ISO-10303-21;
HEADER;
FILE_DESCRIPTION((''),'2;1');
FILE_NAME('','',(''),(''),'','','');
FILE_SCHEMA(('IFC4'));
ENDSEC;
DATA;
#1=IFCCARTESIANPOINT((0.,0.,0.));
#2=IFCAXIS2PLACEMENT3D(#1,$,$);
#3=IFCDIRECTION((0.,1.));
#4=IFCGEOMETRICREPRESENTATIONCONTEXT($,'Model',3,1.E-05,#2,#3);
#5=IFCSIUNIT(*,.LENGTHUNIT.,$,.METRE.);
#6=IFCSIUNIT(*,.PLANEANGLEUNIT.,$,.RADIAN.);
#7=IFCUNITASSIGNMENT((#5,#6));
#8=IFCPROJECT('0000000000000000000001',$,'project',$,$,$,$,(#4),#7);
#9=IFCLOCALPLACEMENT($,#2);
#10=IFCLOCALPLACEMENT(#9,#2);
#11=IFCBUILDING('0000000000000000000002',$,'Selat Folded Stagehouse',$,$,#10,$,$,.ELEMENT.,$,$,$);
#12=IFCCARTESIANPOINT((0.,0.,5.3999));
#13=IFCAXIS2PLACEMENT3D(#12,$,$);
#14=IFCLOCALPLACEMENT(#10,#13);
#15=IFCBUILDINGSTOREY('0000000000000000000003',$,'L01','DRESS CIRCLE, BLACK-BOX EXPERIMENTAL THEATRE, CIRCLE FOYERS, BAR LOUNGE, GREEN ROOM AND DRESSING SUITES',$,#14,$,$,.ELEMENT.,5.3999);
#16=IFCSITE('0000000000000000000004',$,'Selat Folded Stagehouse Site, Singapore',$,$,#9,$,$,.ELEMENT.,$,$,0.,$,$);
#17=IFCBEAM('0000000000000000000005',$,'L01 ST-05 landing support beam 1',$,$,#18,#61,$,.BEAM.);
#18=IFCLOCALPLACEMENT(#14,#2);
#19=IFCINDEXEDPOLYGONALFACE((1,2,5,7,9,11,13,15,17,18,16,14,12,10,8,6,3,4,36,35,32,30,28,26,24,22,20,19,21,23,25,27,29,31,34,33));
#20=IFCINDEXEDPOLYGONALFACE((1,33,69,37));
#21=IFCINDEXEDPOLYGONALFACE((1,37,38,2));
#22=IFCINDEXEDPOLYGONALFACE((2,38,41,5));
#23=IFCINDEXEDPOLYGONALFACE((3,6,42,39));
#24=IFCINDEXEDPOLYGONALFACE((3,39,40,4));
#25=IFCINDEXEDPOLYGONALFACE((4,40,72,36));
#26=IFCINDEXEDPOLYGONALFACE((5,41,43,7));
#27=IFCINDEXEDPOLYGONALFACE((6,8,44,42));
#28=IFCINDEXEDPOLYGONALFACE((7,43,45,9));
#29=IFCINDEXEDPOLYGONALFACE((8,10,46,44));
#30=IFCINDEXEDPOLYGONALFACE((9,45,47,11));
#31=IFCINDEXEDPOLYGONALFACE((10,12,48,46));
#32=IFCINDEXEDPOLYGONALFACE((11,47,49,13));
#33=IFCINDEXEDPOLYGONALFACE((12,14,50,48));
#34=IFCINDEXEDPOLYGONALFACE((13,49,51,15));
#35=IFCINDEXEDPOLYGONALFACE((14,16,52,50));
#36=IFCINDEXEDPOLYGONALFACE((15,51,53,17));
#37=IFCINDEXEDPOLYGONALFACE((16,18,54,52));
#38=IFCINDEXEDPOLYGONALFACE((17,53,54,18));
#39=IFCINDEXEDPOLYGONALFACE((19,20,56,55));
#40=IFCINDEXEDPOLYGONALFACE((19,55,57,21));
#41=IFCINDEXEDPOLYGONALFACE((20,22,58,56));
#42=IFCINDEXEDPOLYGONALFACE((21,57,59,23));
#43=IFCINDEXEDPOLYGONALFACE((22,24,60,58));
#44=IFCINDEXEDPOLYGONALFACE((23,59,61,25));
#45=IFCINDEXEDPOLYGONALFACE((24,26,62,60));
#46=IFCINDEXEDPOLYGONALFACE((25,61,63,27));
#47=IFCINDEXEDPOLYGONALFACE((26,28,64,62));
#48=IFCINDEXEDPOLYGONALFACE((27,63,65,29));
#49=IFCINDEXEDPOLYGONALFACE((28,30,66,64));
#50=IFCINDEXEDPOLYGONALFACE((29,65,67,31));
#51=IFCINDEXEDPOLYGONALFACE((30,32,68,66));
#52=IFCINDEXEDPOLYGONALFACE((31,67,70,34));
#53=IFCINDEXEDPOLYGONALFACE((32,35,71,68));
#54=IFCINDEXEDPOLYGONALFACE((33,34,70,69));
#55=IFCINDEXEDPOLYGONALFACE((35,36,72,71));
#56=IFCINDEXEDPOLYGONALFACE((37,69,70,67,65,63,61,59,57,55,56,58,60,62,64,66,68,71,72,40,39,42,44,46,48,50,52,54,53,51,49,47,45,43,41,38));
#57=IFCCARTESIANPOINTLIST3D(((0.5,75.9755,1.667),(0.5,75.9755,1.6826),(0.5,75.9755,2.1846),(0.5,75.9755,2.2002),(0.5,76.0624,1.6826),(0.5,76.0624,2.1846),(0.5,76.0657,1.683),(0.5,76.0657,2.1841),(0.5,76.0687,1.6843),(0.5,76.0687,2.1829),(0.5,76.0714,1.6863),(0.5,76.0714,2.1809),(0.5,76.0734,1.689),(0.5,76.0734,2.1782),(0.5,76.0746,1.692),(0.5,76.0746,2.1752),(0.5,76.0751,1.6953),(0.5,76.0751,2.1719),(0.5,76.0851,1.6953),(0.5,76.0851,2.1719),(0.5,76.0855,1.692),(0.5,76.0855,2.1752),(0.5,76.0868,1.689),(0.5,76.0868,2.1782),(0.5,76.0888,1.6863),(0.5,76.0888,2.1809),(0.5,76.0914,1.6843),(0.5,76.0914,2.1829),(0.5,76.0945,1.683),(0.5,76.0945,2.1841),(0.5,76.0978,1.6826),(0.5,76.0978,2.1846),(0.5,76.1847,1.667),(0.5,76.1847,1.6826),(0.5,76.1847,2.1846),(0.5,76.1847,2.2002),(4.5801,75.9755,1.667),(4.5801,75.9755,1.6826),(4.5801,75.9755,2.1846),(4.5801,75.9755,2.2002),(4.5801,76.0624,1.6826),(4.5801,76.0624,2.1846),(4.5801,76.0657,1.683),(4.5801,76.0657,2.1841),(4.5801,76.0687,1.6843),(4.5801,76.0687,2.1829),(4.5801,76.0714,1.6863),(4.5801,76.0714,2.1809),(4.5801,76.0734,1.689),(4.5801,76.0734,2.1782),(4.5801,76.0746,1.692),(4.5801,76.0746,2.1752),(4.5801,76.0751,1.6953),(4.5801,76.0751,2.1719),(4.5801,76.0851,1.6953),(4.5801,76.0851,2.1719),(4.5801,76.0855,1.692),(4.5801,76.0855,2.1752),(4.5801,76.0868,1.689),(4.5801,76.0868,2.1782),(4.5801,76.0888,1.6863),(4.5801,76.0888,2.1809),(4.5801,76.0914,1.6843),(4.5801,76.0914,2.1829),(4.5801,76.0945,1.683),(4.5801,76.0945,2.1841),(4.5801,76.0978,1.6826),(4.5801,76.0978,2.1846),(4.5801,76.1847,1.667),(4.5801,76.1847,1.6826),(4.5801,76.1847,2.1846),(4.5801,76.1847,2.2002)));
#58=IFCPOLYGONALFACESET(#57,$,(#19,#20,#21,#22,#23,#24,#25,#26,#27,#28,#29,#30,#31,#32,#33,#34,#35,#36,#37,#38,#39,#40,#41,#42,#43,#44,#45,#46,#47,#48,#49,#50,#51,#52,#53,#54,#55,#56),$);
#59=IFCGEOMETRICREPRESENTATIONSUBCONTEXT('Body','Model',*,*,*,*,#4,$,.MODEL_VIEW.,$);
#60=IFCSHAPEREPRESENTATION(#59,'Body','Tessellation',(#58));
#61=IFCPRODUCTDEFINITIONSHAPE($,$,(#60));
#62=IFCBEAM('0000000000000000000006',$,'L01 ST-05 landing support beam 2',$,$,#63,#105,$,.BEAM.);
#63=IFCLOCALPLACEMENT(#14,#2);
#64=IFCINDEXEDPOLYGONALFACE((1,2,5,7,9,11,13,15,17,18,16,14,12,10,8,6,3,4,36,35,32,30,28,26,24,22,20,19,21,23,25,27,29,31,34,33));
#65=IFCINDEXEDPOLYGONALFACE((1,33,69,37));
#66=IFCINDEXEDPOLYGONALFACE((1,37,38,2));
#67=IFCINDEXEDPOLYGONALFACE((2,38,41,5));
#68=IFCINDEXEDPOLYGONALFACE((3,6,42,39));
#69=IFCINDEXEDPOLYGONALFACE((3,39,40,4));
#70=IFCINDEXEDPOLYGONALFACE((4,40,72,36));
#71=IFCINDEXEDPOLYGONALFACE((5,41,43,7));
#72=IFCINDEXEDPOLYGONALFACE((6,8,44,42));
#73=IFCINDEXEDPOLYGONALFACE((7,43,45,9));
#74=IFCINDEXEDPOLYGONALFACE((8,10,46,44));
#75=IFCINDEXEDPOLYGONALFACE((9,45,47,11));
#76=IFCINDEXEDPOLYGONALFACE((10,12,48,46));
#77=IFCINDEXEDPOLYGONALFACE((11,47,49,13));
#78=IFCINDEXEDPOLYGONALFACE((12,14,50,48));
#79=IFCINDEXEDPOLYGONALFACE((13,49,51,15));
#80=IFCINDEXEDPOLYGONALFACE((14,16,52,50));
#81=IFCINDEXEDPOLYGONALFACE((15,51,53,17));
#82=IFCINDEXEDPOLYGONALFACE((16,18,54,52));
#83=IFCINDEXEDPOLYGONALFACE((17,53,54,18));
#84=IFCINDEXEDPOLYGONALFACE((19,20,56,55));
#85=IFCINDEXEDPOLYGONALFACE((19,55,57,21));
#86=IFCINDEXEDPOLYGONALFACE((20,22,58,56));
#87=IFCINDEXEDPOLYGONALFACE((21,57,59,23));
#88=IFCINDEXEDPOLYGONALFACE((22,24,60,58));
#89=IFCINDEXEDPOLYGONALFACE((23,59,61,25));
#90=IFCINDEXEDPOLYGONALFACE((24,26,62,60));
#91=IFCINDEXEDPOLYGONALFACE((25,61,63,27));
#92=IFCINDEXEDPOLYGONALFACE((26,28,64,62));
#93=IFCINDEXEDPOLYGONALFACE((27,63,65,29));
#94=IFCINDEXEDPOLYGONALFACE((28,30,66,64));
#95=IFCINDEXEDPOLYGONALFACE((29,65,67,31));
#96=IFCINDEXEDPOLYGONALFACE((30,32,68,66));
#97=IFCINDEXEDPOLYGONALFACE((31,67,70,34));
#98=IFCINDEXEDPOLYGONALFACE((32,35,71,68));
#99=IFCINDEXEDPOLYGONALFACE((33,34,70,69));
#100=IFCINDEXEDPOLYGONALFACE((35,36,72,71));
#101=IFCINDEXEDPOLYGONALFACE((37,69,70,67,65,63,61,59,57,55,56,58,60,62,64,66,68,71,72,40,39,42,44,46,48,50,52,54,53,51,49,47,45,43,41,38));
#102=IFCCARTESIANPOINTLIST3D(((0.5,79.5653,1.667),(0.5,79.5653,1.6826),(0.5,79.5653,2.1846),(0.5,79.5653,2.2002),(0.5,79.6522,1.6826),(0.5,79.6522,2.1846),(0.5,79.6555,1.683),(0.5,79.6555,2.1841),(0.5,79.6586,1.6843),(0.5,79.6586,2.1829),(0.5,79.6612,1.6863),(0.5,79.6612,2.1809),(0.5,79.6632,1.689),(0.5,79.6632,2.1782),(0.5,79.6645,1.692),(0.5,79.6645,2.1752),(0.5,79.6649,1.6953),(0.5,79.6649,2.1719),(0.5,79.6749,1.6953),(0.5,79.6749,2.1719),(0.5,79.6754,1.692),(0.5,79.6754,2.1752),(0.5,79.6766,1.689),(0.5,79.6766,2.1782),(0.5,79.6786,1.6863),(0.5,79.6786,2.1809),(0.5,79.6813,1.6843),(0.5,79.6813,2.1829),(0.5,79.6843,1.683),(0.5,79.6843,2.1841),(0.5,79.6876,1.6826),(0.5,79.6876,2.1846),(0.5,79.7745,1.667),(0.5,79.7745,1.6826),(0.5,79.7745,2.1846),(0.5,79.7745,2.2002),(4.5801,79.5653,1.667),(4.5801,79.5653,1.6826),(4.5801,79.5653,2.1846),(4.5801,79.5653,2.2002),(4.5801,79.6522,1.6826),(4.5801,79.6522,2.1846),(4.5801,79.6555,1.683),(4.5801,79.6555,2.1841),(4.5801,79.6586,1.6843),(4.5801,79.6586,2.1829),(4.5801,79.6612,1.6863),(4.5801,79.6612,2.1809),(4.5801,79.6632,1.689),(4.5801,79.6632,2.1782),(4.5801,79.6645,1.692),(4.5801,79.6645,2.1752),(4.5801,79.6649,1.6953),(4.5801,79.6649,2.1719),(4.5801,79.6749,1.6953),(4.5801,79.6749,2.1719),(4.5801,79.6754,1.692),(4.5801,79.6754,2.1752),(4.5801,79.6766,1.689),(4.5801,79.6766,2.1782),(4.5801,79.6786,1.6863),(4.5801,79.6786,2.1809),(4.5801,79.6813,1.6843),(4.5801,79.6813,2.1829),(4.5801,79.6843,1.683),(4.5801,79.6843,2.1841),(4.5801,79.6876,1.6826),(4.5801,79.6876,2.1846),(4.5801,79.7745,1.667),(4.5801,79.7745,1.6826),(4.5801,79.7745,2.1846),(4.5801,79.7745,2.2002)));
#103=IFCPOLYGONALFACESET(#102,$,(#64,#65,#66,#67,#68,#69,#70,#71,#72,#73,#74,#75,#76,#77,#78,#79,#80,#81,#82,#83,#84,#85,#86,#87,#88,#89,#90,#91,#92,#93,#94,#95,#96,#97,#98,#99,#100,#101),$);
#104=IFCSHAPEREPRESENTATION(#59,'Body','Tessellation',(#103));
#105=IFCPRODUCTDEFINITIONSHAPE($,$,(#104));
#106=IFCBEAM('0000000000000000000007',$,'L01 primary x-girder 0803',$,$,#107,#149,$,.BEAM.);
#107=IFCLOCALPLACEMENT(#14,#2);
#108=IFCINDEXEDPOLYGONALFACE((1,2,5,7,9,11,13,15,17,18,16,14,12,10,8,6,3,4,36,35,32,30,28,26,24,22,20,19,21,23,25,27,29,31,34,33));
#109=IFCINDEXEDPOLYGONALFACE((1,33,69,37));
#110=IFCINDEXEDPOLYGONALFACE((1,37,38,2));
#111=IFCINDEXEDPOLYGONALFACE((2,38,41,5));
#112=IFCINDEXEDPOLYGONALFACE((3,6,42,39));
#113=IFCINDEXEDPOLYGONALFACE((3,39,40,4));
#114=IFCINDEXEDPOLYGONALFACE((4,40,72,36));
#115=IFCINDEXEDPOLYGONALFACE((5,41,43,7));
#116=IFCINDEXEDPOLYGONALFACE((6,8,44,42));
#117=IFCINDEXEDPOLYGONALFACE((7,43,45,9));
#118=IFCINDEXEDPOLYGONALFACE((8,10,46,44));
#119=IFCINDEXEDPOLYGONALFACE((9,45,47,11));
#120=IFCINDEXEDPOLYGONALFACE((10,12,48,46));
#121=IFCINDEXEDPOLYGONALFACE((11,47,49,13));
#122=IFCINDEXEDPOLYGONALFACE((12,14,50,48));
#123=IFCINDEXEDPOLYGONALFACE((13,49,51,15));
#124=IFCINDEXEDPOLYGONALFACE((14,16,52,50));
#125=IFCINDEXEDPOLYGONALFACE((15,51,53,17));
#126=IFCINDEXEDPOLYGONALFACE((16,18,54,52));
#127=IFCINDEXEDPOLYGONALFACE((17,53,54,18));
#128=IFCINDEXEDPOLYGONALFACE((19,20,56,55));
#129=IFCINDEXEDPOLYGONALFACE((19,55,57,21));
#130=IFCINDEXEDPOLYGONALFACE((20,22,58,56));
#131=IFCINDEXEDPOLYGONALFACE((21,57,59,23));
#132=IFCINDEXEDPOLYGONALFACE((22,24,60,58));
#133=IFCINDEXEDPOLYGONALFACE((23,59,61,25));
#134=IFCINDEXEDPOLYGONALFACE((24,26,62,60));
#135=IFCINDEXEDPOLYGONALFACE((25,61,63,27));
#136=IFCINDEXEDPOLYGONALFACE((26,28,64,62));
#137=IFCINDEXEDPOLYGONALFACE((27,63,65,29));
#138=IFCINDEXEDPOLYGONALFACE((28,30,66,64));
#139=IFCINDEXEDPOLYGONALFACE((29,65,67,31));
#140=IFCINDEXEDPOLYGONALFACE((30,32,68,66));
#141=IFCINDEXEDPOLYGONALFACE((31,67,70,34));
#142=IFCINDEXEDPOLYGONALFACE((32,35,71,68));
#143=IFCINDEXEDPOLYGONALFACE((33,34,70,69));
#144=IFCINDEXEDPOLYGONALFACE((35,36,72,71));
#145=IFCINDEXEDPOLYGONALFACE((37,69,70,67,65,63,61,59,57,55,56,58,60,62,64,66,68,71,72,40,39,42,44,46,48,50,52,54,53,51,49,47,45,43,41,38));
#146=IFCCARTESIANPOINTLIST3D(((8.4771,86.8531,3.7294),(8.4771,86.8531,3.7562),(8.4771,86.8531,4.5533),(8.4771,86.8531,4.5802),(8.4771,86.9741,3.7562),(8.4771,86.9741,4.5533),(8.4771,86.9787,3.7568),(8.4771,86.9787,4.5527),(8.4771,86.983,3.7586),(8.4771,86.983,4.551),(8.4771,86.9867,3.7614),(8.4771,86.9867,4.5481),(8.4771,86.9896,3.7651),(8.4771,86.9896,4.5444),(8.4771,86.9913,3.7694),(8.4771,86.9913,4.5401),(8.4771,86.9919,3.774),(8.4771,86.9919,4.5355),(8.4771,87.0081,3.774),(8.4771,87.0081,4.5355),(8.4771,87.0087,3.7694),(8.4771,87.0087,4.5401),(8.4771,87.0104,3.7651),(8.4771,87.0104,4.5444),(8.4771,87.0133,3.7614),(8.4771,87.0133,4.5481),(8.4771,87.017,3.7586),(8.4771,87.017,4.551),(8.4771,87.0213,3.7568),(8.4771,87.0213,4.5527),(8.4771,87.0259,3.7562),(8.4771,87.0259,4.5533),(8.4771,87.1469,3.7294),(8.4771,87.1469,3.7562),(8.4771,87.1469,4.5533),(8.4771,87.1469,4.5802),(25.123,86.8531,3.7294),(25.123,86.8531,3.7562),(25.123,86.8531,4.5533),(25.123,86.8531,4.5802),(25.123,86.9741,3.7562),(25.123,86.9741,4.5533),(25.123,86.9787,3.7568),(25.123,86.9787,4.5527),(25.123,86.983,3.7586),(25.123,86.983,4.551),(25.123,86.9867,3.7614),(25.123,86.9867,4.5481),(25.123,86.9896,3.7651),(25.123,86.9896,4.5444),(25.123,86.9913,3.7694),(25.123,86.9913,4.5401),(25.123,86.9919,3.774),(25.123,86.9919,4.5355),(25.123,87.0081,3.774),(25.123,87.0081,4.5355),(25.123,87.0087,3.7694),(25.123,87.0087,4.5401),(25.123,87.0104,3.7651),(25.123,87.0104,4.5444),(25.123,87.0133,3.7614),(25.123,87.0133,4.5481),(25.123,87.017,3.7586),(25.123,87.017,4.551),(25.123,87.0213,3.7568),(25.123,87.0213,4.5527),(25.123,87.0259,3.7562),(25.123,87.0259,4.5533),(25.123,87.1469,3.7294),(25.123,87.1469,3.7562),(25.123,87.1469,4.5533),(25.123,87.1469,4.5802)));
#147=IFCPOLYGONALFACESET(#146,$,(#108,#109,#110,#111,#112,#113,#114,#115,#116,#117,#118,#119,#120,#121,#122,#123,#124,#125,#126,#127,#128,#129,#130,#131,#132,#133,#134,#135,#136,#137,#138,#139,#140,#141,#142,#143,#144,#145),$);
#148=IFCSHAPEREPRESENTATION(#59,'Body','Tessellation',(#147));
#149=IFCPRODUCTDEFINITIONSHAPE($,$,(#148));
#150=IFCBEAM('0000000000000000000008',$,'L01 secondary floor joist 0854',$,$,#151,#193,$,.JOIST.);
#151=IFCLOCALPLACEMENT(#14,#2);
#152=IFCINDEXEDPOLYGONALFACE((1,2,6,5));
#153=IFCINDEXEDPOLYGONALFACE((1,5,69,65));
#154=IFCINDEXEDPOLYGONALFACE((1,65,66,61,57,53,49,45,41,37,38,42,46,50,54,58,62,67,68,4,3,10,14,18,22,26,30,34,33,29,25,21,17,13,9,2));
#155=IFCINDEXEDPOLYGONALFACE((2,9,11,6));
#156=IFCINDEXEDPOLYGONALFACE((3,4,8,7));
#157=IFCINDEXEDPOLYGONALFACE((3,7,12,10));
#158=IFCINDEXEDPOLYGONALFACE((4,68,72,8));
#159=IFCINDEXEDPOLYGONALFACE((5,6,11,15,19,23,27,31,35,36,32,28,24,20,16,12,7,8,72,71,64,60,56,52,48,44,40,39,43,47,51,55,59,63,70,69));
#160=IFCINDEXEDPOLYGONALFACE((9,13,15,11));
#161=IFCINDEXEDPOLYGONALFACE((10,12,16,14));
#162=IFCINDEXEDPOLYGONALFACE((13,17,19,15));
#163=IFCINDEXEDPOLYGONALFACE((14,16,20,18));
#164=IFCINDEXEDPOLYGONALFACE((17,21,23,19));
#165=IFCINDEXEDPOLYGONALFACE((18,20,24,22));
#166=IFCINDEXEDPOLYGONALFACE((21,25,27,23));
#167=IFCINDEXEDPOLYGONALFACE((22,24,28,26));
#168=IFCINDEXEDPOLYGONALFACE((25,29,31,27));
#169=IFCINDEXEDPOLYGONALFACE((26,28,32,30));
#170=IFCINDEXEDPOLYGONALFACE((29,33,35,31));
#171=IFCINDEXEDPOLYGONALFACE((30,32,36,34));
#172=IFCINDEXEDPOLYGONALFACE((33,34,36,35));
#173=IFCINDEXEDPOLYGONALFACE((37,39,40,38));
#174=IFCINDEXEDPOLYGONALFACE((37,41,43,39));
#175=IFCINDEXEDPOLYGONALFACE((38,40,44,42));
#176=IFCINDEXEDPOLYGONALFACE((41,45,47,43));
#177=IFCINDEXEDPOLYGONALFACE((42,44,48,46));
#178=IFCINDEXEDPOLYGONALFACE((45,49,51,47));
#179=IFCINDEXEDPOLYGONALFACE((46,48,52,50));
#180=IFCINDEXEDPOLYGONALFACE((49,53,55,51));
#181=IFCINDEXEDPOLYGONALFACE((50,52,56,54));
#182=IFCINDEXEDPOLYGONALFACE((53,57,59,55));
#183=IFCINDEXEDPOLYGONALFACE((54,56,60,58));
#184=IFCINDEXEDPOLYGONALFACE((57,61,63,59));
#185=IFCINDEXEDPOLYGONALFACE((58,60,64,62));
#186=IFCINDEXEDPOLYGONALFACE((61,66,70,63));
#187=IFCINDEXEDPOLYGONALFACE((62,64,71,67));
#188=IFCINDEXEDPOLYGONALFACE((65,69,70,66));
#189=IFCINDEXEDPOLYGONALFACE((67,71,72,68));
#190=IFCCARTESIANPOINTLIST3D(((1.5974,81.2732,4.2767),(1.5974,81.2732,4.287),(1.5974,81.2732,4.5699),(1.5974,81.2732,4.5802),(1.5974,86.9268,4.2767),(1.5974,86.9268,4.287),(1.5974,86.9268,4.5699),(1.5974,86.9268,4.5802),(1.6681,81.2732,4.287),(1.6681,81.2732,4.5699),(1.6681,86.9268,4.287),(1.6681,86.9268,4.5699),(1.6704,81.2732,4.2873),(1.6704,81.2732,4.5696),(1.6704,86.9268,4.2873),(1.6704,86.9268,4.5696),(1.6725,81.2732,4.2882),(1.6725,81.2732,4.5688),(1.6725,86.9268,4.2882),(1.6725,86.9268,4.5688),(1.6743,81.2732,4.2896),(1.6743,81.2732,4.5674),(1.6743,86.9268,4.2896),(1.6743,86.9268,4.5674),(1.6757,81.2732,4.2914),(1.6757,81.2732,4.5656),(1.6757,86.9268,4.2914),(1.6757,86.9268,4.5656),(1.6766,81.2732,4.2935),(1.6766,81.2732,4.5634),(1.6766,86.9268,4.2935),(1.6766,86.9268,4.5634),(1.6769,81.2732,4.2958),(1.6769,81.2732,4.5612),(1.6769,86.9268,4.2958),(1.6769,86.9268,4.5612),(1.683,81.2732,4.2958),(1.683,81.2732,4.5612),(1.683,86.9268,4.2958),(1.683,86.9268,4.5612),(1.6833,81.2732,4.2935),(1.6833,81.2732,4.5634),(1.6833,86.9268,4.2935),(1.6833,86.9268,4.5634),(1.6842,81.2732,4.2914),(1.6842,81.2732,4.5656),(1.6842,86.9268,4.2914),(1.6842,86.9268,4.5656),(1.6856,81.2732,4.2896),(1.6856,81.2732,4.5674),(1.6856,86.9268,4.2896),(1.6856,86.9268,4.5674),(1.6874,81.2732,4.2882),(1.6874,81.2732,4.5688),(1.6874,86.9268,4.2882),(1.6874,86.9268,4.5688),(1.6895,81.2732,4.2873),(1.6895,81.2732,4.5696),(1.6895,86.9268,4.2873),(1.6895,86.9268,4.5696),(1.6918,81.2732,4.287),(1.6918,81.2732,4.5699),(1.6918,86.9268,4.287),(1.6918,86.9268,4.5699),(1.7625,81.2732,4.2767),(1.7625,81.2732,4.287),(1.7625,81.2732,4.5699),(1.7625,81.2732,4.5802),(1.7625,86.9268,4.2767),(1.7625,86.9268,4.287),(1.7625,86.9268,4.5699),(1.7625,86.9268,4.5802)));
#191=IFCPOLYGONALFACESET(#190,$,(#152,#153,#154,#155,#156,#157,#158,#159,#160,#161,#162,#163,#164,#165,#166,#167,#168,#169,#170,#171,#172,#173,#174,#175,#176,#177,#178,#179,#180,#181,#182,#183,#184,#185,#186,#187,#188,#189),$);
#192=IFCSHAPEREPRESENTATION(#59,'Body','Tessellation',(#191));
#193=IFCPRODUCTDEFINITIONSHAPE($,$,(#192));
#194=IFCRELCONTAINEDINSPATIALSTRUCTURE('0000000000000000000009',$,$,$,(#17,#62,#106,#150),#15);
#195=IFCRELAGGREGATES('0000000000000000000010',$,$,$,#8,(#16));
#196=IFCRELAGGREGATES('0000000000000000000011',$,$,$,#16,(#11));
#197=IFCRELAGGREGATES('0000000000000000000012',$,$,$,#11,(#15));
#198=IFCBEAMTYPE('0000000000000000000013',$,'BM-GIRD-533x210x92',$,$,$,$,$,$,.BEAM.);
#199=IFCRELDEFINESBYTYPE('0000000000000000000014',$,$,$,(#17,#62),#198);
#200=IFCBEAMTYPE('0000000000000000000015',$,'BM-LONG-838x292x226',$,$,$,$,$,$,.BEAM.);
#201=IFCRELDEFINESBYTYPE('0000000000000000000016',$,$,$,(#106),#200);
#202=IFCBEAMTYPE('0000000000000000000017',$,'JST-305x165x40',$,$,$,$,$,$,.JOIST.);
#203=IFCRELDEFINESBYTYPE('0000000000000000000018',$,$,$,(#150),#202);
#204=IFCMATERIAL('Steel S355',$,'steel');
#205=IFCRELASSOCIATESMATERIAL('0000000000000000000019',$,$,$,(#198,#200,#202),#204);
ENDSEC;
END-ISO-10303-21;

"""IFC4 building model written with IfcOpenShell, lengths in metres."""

from ifc_helpers import new_model, si_unit, direction, frame, origin, origin_2d, place, context, subcontext, project, spatial, i_section, extrude, material, material_profile, profile_set, type_object, element, save


model = new_model("IFC4")

# Units and contexts
model_context = context("Model", 3, precision=1e-05, world=origin(), true_north=direction((0.0, 1.0)))
body_context = subcontext(model_context, "Body", "Model", "MODEL_VIEW")
ifc_project = project(units=[si_unit("LENGTHUNIT", "METRE"), si_unit("PLANEANGLEUNIT", "RADIAN")], contexts=[model_context])

# Site, building, storey
site_placement = place(None, origin())
site = spatial("IfcSite", under=ifc_project, at=site_placement, Name="Selat Folded Stagehouse Site, Singapore", CompositionType="ELEMENT", RefElevation=0.0)
building_placement = place(site_placement, origin())
building = spatial("IfcBuilding", under=site, at=building_placement, Name="Selat Folded Stagehouse", CompositionType="ELEMENT")
storey_placement = place(building_placement, frame((0.0, 0.0, 5.3999)))
storey = spatial("IfcBuildingStorey", under=building, at=storey_placement, Name="L01", Description="DRESS CIRCLE, BLACK-BOX EXPERIMENTAL THEATRE, CIRCLE FOYERS, BAR LOUNGE, GREEN ROOM AND DRESSING SUITES", CompositionType="ELEMENT", Elevation=5.3999)

# Shared definitions
ifc_material_1 = material(Name="Steel S355", Category="steel")

# Beams
ifc_material_profile_1 = material_profile(ifc_material_1, i_section(OverallWidth=0.2092, OverallDepth=0.5332, WebThickness=0.01, FlangeThickness=0.0156, FilletRadius=0.0127, at=origin_2d()), Name="UKB 533x210x92")
ifc_profile_set_1 = profile_set([ifc_material_profile_1], Name="Steel S355")
beam_type_1 = type_object("IfcBeamType", Name="BM-GIRD-533x210x92", PredefinedType="BEAM", material=ifc_profile_set_1)
for number, where, z_axis, x_axis, name in (
    (1, (0.5, 76.0801, 1.9336), (1.0, 0.0, 0.0), (0.0, 1.0, 0.0), "L01 ST-05 landing support beam 1"),
    (2, (0.5, 79.6699, 1.9336), (1.0, 0.0, 0.0), (0.0, 1.0, 0.0), "L01 ST-05 landing support beam 2"),
):
    element("IfcBeam", number, at=place(storey_placement, frame(where, z_axis=z_axis, x_axis=x_axis)), inside=storey, type_object=beam_type_1, Name=name, PredefinedType="BEAM", context=body_context, shape_type="SweptSolid", body=[
        extrude(i_section(OverallWidth=0.2092, OverallDepth=0.5332, WebThickness=0.01, FlangeThickness=0.0156, FilletRadius=0.0127, at=origin_2d()), origin(), (0.0, 0.0, 1.0), 4.0801),
    ])
ifc_material_profile_2 = material_profile(ifc_material_1, i_section(OverallWidth=0.2937, OverallDepth=0.8508, WebThickness=0.0161, FlangeThickness=0.0269, FilletRadius=0.0178, at=origin_2d()), Name="UKB 838x292x226")
ifc_profile_set_2 = profile_set([ifc_material_profile_2], Name="Steel S355")
beam_type_2 = type_object("IfcBeamType", Name="BM-LONG-838x292x226", PredefinedType="BEAM", material=ifc_profile_set_2)
beam_placement = place(storey_placement, frame((8.4771, 87.0, 4.1548), z_axis=(1.0, 0.0, 0.0), x_axis=(0.0, 1.0, 0.0)))
element("IfcBeam", 3, at=beam_placement, inside=storey, type_object=beam_type_2, Name="L01 primary x-girder 0803", PredefinedType="BEAM", context=body_context, shape_type="SweptSolid", body=[
    extrude(i_section(OverallWidth=0.2937, OverallDepth=0.8508, WebThickness=0.0161, FlangeThickness=0.0269, FilletRadius=0.0178, at=origin_2d()), origin(), (0.0, 0.0, 1.0), 16.646),
])
ifc_material_profile_3 = material_profile(ifc_material_1, i_section(OverallWidth=0.165, OverallDepth=0.3035, WebThickness=0.0061, FlangeThickness=0.0103, FilletRadius=0.0088, at=origin_2d()), Name="UKB 305x165x40")
ifc_profile_set_3 = profile_set([ifc_material_profile_3], Name="Steel S355")
beam_type_3 = type_object("IfcBeamType", Name="JST-305x165x40", PredefinedType="JOIST", material=ifc_profile_set_3)
for number, where, z_axis, x_axis, name in (
    (4, (1.6799, 81.2732, 4.4285), (0.0, 1.0, 0.0), (-1.0, 0.0, 0.0), "L01 secondary floor joist 0854"),
):
    element("IfcBeam", number, at=place(storey_placement, frame(where, z_axis=z_axis, x_axis=x_axis)), inside=storey, type_object=beam_type_3, Name=name, PredefinedType="JOIST", context=body_context, shape_type="SweptSolid", body=[
        extrude(i_section(OverallWidth=0.165, OverallDepth=0.3035, WebThickness=0.0061, FlangeThickness=0.0103, FilletRadius=0.0088, at=origin_2d()), origin(), (0.0, 0.0, 1.0), 5.6536),
    ])

save(model, "model.ifc")
